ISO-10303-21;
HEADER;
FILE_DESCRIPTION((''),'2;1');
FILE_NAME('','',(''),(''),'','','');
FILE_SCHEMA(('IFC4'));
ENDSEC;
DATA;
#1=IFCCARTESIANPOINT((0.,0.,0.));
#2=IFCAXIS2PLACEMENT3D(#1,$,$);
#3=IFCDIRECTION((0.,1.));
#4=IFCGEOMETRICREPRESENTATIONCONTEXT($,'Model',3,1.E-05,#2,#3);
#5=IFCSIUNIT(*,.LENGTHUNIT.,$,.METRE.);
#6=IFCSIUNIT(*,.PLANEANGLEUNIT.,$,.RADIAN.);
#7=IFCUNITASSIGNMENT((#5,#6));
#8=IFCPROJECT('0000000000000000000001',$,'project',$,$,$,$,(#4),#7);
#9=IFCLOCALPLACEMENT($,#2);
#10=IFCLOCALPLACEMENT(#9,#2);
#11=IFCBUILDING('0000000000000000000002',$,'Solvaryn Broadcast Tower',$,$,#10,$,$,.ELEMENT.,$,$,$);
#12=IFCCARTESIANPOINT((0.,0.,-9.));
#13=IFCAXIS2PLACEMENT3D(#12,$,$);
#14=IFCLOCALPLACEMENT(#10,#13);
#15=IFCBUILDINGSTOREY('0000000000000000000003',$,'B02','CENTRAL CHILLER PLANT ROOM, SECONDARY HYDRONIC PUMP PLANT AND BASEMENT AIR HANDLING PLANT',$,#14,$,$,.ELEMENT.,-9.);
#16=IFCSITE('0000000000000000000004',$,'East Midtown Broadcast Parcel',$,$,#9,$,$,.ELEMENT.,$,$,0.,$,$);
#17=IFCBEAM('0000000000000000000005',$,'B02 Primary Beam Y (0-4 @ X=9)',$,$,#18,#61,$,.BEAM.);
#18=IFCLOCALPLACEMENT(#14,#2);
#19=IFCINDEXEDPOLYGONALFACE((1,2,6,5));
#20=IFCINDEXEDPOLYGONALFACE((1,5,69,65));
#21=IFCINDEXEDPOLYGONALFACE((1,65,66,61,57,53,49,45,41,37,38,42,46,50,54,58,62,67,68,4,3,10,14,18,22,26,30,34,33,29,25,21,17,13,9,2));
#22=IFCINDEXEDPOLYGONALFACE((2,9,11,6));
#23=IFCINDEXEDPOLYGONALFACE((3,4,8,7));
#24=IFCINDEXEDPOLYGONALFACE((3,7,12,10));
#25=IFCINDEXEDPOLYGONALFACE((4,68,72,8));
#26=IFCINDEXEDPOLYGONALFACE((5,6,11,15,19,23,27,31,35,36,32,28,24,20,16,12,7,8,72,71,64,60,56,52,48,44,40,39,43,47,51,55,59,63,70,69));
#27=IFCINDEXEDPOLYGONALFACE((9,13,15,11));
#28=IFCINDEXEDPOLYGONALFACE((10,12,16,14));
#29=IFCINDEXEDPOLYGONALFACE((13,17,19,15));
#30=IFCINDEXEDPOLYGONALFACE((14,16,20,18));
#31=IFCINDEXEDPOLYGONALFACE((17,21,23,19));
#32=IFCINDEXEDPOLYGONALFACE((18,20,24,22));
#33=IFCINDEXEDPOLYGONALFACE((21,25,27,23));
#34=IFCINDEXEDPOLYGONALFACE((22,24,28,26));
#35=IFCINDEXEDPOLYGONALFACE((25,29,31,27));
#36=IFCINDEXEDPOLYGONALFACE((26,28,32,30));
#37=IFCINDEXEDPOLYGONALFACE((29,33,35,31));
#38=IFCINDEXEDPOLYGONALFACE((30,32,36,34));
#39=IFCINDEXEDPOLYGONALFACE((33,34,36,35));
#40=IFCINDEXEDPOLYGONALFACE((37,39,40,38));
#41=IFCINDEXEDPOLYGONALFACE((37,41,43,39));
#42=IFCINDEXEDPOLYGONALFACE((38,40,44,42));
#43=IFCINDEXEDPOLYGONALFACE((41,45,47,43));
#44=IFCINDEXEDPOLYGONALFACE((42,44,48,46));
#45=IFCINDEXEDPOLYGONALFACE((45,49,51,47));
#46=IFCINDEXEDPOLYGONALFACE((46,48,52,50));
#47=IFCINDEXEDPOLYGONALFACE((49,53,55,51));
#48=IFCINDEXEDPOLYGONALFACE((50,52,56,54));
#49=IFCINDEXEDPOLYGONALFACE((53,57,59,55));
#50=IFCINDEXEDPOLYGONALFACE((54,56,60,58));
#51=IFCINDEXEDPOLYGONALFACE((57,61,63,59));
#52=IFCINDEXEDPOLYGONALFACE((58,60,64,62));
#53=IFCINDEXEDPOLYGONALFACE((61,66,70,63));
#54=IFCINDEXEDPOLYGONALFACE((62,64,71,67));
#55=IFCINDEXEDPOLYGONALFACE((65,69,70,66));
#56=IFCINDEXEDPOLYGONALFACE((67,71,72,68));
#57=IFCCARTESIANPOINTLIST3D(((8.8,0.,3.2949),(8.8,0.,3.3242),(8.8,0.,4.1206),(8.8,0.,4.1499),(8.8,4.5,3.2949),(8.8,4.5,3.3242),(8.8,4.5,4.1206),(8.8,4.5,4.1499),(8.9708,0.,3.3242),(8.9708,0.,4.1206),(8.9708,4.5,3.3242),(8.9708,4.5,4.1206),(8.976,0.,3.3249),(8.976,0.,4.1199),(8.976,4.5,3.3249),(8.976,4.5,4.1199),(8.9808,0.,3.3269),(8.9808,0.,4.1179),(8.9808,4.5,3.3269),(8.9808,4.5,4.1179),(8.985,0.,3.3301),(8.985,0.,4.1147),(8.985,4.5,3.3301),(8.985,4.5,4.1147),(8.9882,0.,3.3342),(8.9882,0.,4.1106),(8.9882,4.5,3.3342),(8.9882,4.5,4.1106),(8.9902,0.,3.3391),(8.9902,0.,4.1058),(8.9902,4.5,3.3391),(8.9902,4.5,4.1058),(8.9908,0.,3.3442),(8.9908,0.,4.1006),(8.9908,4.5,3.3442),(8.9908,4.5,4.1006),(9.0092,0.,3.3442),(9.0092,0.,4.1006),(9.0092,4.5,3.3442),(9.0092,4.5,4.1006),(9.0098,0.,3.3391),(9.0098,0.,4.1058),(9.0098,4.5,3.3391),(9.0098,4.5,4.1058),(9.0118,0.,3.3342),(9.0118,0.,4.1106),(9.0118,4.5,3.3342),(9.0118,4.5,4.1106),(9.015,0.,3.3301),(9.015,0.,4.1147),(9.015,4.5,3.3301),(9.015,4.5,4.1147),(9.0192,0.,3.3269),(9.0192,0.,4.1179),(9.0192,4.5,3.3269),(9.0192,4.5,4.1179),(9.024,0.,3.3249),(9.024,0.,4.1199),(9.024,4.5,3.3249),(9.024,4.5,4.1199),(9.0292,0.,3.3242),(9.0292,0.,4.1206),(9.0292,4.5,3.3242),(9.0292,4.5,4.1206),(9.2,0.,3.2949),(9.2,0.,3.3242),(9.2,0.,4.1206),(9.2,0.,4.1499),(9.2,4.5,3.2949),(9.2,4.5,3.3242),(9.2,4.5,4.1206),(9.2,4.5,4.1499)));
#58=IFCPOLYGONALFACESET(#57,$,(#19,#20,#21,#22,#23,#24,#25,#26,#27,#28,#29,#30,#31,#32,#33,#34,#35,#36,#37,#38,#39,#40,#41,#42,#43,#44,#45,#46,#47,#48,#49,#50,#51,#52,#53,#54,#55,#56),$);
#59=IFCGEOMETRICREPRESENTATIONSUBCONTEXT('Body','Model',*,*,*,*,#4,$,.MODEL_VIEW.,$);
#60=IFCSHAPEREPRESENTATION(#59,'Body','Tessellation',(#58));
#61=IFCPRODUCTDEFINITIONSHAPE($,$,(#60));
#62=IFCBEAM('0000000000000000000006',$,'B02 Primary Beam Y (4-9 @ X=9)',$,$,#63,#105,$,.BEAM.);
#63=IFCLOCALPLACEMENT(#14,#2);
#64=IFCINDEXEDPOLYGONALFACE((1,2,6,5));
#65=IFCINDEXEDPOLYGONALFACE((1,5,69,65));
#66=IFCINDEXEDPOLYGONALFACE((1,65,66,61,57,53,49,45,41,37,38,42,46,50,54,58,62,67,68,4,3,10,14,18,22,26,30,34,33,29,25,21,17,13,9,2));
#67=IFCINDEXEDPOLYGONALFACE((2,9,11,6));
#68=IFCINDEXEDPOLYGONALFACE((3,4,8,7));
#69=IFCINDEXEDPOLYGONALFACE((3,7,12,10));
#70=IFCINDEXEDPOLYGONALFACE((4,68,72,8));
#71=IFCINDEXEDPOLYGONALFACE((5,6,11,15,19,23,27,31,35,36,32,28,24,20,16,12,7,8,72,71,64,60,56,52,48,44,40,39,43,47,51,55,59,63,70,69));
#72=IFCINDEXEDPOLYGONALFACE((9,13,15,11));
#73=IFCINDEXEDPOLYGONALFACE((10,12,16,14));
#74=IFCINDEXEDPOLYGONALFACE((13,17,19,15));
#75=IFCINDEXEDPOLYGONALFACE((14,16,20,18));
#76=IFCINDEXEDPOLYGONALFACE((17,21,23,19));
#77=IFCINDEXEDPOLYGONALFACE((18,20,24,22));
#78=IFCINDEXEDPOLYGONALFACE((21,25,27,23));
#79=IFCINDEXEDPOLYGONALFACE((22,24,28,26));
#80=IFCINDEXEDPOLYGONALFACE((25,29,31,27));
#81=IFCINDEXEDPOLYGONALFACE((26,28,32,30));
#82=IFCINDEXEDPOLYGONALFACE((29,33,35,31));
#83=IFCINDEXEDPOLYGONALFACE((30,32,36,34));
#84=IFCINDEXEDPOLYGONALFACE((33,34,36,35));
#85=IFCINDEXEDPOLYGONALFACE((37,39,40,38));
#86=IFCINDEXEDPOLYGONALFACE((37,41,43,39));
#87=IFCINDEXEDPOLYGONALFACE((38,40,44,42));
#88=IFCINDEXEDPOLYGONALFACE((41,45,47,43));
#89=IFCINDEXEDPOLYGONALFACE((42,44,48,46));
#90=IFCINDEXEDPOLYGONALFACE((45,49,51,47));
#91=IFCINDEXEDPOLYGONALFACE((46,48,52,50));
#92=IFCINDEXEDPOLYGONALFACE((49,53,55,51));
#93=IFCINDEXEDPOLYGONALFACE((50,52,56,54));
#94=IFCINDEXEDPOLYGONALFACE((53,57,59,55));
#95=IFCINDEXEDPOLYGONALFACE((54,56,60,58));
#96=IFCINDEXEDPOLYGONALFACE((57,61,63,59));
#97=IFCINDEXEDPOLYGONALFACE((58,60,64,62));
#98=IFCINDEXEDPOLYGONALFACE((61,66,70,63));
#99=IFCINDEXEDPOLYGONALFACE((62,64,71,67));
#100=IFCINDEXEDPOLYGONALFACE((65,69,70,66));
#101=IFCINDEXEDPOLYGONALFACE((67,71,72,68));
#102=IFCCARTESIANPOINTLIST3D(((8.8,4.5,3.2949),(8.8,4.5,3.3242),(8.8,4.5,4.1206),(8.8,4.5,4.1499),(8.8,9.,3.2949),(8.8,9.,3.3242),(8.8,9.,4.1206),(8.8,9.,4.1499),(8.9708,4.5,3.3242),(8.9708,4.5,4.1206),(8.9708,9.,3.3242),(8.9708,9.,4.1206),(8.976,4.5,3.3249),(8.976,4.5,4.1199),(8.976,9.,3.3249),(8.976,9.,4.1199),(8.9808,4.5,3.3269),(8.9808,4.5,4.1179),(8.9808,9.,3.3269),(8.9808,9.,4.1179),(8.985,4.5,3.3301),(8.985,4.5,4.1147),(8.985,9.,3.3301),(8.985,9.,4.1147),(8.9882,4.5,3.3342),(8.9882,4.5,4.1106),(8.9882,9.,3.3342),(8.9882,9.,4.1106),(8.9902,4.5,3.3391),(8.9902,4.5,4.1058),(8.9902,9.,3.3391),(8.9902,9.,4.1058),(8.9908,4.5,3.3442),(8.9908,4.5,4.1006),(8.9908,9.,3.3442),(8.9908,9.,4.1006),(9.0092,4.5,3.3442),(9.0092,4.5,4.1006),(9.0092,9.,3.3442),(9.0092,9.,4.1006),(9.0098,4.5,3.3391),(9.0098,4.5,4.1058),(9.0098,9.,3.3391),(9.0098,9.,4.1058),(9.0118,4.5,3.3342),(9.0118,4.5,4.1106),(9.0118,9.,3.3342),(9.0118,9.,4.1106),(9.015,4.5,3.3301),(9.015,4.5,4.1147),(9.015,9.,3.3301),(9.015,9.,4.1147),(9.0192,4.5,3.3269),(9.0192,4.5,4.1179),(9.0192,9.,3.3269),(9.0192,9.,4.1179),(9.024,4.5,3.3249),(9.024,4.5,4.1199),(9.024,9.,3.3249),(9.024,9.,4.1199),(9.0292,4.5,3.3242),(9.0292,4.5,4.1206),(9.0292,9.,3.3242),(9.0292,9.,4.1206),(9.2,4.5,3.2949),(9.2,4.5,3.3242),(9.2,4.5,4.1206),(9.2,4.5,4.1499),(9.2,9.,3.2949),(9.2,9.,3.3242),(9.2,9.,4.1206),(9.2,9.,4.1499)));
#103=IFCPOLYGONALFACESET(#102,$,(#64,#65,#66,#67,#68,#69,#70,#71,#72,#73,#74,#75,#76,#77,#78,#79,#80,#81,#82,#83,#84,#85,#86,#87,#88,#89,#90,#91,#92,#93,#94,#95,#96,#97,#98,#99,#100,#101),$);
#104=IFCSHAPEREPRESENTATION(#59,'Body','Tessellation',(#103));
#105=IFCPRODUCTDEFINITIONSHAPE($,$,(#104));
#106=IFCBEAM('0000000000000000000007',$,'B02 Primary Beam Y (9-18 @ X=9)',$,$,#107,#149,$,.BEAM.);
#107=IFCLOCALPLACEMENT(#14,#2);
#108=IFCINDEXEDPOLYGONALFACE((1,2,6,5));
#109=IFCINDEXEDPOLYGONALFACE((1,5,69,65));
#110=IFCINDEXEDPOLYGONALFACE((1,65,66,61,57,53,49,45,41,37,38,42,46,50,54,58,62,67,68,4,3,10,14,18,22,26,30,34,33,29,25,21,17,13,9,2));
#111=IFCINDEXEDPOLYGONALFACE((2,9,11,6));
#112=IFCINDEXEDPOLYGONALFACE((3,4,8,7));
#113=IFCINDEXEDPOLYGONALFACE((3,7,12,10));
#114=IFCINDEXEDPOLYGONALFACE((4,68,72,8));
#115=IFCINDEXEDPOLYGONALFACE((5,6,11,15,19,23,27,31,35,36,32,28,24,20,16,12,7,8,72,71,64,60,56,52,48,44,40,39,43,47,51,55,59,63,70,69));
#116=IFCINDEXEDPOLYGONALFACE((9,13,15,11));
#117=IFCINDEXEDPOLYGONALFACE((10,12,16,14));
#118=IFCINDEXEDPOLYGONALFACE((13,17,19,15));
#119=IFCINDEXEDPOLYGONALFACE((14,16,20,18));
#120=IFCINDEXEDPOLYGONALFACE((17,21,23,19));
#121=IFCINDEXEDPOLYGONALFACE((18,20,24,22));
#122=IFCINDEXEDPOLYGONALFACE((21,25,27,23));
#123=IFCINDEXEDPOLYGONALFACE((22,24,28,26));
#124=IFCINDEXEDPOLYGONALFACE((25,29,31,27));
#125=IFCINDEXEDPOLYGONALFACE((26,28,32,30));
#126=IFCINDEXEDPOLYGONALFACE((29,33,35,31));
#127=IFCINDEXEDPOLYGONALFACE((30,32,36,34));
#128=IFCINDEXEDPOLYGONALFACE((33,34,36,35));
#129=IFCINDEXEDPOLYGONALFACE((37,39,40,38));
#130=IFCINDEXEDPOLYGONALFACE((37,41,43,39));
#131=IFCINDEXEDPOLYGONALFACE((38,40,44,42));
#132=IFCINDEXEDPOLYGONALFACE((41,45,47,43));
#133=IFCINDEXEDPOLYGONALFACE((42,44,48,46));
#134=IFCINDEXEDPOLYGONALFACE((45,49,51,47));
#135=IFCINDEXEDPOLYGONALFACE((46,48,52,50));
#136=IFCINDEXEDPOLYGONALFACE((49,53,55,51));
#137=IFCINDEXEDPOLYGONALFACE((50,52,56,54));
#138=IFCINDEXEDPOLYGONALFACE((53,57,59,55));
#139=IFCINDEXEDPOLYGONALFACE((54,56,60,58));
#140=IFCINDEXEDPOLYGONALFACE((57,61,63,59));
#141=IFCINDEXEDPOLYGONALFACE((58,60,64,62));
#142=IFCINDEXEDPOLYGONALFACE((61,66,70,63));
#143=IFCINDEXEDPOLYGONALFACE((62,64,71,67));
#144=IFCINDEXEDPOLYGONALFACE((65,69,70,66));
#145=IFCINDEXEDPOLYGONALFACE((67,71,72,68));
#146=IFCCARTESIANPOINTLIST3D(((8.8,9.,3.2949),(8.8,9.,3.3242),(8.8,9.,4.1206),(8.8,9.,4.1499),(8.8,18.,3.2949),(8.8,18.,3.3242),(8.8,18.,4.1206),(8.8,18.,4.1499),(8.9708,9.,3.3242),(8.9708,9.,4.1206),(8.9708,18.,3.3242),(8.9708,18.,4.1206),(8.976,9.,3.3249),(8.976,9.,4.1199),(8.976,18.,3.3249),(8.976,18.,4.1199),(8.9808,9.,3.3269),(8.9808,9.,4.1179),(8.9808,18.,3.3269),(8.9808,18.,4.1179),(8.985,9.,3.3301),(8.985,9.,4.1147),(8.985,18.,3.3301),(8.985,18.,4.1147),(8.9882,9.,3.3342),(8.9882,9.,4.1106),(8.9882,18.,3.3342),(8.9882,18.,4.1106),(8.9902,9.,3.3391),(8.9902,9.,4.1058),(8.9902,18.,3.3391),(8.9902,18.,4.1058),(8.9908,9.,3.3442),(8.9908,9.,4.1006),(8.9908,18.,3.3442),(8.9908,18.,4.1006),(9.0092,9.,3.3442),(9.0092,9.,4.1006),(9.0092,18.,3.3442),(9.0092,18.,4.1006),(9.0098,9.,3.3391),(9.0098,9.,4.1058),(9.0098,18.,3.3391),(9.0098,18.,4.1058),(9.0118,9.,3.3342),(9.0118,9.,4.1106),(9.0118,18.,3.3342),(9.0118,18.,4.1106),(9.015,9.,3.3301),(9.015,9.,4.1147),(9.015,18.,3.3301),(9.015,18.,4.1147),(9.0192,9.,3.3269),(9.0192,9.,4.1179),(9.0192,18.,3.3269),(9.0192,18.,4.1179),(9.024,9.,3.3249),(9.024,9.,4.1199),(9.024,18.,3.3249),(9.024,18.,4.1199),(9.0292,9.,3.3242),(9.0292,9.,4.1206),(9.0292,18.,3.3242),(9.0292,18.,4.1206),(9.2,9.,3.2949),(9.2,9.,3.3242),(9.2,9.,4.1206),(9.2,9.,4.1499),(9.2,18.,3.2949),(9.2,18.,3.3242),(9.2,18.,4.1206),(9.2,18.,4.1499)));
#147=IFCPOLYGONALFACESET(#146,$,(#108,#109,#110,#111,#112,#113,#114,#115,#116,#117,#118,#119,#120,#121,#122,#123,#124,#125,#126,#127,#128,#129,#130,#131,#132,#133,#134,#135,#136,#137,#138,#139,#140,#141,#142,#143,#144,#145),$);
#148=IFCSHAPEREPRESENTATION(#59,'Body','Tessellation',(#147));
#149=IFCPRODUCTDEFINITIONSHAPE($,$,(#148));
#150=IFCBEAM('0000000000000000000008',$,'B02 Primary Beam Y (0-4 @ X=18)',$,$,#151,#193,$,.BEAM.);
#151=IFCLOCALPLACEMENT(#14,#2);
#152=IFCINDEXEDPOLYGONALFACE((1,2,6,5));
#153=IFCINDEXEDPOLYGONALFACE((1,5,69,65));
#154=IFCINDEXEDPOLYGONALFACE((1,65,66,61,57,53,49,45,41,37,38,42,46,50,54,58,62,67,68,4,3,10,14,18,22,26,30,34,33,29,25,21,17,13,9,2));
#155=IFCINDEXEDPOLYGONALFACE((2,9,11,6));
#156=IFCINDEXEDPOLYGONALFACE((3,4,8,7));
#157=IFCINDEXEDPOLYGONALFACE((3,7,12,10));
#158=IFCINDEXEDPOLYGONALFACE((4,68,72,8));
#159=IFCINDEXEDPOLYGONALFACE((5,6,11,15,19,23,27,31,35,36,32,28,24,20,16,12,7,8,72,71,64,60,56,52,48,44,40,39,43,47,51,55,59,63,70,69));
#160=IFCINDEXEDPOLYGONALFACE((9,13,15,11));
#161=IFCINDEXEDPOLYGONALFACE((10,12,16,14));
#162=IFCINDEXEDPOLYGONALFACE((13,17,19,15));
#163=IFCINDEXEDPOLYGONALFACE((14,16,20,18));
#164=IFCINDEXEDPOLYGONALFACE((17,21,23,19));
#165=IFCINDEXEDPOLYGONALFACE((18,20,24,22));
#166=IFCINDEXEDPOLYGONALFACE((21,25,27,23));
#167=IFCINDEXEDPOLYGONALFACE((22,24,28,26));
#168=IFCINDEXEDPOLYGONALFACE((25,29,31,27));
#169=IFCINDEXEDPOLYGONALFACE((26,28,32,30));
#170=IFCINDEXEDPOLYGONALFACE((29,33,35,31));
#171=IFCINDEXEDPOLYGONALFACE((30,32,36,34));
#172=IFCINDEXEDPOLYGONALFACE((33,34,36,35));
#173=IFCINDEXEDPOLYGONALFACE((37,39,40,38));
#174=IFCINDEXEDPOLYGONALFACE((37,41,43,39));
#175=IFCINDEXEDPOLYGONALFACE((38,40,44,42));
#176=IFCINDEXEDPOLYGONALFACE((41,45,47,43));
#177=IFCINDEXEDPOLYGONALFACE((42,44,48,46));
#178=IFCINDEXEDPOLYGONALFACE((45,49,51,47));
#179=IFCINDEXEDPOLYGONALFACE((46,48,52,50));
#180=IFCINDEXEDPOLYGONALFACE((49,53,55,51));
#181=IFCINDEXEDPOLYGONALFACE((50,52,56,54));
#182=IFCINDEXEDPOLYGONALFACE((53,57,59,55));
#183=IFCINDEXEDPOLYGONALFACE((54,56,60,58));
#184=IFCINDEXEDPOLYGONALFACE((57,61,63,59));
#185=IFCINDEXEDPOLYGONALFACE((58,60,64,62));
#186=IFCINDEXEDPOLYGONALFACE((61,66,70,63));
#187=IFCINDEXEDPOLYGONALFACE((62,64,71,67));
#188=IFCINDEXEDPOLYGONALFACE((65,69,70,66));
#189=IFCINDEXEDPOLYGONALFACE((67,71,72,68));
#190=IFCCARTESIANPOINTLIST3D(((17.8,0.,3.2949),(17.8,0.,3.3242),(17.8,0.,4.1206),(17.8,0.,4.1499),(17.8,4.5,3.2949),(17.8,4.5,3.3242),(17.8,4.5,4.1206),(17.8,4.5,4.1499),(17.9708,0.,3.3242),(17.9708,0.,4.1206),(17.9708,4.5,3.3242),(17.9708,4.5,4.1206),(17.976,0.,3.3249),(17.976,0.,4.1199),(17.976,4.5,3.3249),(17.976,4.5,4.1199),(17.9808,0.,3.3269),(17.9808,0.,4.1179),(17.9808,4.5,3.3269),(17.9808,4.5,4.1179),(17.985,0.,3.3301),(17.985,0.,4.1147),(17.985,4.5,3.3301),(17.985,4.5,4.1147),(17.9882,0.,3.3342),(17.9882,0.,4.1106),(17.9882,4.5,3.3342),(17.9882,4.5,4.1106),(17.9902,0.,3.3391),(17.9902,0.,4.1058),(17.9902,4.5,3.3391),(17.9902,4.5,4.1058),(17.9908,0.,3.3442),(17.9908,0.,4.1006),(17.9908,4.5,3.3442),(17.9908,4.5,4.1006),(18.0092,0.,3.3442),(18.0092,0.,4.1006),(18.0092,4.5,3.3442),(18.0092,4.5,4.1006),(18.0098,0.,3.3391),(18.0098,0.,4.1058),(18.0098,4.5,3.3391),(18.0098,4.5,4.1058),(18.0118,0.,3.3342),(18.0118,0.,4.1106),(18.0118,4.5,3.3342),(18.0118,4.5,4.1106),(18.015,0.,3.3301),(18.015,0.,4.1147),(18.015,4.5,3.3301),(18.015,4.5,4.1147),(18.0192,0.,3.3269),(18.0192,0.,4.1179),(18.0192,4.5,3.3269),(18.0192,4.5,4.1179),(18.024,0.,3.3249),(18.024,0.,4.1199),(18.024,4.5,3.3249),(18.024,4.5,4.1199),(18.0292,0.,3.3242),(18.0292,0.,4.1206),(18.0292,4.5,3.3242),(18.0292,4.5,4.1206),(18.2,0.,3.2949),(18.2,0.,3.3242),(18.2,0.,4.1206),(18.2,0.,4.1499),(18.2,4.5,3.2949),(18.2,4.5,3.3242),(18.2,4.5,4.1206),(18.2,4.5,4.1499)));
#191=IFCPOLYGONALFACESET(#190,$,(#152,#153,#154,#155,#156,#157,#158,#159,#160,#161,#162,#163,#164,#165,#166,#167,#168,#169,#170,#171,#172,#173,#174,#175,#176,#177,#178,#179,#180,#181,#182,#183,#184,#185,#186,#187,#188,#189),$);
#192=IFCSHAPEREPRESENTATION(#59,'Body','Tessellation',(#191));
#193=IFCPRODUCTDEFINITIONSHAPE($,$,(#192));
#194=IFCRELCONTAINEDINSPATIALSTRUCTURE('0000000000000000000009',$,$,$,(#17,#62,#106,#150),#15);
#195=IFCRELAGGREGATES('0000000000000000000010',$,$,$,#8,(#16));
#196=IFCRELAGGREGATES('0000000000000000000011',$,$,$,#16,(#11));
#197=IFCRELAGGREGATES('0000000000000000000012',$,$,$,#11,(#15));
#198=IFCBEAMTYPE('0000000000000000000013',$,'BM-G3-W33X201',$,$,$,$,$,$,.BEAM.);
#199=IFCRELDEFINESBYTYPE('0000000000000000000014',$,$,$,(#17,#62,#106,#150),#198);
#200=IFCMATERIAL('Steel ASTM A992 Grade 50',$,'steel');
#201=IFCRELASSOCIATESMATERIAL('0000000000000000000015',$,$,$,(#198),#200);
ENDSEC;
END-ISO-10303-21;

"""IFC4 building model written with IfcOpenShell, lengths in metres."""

from ifc_helpers import new_model, si_unit, direction, frame, origin, origin_2d, place, context, subcontext, project, spatial, i_section, extrude, material, material_profile, profile_set, type_object, element, save


model = new_model("IFC4")

# Units and contexts
model_context = context("Model", 3, precision=1e-05, world=origin(), true_north=direction((0.0, 1.0)))
body_context = subcontext(model_context, "Body", "Model", "MODEL_VIEW")
ifc_project = project(units=[si_unit("LENGTHUNIT", "METRE"), si_unit("PLANEANGLEUNIT", "RADIAN")], contexts=[model_context])

# Site, building, storey
site_placement = place(None, origin())
site = spatial("IfcSite", under=ifc_project, at=site_placement, Name="East Midtown Broadcast Parcel", CompositionType="ELEMENT", RefElevation=0.0)
building_placement = place(site_placement, origin())
building = spatial("IfcBuilding", under=site, at=building_placement, Name="Solvaryn Broadcast Tower", CompositionType="ELEMENT")
storey_placement = place(building_placement, frame((0.0, 0.0, -9.0)))
storey = spatial("IfcBuildingStorey", under=building, at=storey_placement, Name="B02", Description="CENTRAL CHILLER PLANT ROOM, SECONDARY HYDRONIC PUMP PLANT AND BASEMENT AIR HANDLING PLANT", CompositionType="ELEMENT", Elevation=-9.0)

# Beams
ifc_material_1 = material(Name="Steel ASTM A992 Grade 50", Category="steel")
ifc_material_profile_1 = material_profile(ifc_material_1, i_section(OverallWidth=0.3999, OverallDepth=0.855, WebThickness=0.0183, FlangeThickness=0.0293, FilletRadius=0.02, at=origin_2d()))
ifc_profile_set_1 = profile_set([ifc_material_profile_1], Name="Steel ASTM A992 Grade 50")
beam_type_1 = type_object("IfcBeamType", Name="BM-G3-W33X201", PredefinedType="BEAM", material=ifc_profile_set_1)
for number, where, z_axis, x_axis, name in (
    (1, (9.0, 0.0, 3.7224), (0.0, 1.0, 0.0), (-1.0, 0.0, 0.0), "B02 Primary Beam Y (0-4 @ X=9)"),
    (2, (9.0, 4.5, 3.7224), (0.0, 1.0, 0.0), (-1.0, 0.0, 0.0), "B02 Primary Beam Y (4-9 @ X=9)"),
):
    element("IfcBeam", number, at=place(storey_placement, frame(where, z_axis=z_axis, x_axis=x_axis)), inside=storey, type_object=beam_type_1, Name=name, PredefinedType="BEAM", context=body_context, shape_type="SweptSolid", body=[
        extrude(i_section(OverallWidth=0.3999, OverallDepth=0.855, WebThickness=0.0183, FlangeThickness=0.0293, FilletRadius=0.02, at=origin_2d()), origin(), (0.0, 0.0, 1.0), 4.5),
    ])
beam_placement = place(storey_placement, frame((9.0, 9.0, 3.7224), z_axis=(0.0, 1.0, 0.0), x_axis=(-1.0, 0.0, 0.0)))
element("IfcBeam", 3, at=beam_placement, inside=storey, type_object=beam_type_1, Name="B02 Primary Beam Y (9-18 @ X=9)", PredefinedType="BEAM", context=body_context, shape_type="SweptSolid", body=[
    extrude(i_section(OverallWidth=0.3999, OverallDepth=0.855, WebThickness=0.0183, FlangeThickness=0.0293, FilletRadius=0.02, at=origin_2d()), origin(), (0.0, 0.0, 1.0), 9.0),
])
for number, where, z_axis, x_axis, name in (
    (4, (18.0, 0.0, 3.7224), (0.0, 1.0, 0.0), (-1.0, 0.0, 0.0), "B02 Primary Beam Y (0-4 @ X=18)"),
):
    element("IfcBeam", number, at=place(storey_placement, frame(where, z_axis=z_axis, x_axis=x_axis)), inside=storey, type_object=beam_type_1, Name=name, PredefinedType="BEAM", context=body_context, shape_type="SweptSolid", body=[
        extrude(i_section(OverallWidth=0.3999, OverallDepth=0.855, WebThickness=0.0183, FlangeThickness=0.0293, FilletRadius=0.02, at=origin_2d()), origin(), (0.0, 0.0, 1.0), 4.5),
    ])

save(model, "model.ifc")
